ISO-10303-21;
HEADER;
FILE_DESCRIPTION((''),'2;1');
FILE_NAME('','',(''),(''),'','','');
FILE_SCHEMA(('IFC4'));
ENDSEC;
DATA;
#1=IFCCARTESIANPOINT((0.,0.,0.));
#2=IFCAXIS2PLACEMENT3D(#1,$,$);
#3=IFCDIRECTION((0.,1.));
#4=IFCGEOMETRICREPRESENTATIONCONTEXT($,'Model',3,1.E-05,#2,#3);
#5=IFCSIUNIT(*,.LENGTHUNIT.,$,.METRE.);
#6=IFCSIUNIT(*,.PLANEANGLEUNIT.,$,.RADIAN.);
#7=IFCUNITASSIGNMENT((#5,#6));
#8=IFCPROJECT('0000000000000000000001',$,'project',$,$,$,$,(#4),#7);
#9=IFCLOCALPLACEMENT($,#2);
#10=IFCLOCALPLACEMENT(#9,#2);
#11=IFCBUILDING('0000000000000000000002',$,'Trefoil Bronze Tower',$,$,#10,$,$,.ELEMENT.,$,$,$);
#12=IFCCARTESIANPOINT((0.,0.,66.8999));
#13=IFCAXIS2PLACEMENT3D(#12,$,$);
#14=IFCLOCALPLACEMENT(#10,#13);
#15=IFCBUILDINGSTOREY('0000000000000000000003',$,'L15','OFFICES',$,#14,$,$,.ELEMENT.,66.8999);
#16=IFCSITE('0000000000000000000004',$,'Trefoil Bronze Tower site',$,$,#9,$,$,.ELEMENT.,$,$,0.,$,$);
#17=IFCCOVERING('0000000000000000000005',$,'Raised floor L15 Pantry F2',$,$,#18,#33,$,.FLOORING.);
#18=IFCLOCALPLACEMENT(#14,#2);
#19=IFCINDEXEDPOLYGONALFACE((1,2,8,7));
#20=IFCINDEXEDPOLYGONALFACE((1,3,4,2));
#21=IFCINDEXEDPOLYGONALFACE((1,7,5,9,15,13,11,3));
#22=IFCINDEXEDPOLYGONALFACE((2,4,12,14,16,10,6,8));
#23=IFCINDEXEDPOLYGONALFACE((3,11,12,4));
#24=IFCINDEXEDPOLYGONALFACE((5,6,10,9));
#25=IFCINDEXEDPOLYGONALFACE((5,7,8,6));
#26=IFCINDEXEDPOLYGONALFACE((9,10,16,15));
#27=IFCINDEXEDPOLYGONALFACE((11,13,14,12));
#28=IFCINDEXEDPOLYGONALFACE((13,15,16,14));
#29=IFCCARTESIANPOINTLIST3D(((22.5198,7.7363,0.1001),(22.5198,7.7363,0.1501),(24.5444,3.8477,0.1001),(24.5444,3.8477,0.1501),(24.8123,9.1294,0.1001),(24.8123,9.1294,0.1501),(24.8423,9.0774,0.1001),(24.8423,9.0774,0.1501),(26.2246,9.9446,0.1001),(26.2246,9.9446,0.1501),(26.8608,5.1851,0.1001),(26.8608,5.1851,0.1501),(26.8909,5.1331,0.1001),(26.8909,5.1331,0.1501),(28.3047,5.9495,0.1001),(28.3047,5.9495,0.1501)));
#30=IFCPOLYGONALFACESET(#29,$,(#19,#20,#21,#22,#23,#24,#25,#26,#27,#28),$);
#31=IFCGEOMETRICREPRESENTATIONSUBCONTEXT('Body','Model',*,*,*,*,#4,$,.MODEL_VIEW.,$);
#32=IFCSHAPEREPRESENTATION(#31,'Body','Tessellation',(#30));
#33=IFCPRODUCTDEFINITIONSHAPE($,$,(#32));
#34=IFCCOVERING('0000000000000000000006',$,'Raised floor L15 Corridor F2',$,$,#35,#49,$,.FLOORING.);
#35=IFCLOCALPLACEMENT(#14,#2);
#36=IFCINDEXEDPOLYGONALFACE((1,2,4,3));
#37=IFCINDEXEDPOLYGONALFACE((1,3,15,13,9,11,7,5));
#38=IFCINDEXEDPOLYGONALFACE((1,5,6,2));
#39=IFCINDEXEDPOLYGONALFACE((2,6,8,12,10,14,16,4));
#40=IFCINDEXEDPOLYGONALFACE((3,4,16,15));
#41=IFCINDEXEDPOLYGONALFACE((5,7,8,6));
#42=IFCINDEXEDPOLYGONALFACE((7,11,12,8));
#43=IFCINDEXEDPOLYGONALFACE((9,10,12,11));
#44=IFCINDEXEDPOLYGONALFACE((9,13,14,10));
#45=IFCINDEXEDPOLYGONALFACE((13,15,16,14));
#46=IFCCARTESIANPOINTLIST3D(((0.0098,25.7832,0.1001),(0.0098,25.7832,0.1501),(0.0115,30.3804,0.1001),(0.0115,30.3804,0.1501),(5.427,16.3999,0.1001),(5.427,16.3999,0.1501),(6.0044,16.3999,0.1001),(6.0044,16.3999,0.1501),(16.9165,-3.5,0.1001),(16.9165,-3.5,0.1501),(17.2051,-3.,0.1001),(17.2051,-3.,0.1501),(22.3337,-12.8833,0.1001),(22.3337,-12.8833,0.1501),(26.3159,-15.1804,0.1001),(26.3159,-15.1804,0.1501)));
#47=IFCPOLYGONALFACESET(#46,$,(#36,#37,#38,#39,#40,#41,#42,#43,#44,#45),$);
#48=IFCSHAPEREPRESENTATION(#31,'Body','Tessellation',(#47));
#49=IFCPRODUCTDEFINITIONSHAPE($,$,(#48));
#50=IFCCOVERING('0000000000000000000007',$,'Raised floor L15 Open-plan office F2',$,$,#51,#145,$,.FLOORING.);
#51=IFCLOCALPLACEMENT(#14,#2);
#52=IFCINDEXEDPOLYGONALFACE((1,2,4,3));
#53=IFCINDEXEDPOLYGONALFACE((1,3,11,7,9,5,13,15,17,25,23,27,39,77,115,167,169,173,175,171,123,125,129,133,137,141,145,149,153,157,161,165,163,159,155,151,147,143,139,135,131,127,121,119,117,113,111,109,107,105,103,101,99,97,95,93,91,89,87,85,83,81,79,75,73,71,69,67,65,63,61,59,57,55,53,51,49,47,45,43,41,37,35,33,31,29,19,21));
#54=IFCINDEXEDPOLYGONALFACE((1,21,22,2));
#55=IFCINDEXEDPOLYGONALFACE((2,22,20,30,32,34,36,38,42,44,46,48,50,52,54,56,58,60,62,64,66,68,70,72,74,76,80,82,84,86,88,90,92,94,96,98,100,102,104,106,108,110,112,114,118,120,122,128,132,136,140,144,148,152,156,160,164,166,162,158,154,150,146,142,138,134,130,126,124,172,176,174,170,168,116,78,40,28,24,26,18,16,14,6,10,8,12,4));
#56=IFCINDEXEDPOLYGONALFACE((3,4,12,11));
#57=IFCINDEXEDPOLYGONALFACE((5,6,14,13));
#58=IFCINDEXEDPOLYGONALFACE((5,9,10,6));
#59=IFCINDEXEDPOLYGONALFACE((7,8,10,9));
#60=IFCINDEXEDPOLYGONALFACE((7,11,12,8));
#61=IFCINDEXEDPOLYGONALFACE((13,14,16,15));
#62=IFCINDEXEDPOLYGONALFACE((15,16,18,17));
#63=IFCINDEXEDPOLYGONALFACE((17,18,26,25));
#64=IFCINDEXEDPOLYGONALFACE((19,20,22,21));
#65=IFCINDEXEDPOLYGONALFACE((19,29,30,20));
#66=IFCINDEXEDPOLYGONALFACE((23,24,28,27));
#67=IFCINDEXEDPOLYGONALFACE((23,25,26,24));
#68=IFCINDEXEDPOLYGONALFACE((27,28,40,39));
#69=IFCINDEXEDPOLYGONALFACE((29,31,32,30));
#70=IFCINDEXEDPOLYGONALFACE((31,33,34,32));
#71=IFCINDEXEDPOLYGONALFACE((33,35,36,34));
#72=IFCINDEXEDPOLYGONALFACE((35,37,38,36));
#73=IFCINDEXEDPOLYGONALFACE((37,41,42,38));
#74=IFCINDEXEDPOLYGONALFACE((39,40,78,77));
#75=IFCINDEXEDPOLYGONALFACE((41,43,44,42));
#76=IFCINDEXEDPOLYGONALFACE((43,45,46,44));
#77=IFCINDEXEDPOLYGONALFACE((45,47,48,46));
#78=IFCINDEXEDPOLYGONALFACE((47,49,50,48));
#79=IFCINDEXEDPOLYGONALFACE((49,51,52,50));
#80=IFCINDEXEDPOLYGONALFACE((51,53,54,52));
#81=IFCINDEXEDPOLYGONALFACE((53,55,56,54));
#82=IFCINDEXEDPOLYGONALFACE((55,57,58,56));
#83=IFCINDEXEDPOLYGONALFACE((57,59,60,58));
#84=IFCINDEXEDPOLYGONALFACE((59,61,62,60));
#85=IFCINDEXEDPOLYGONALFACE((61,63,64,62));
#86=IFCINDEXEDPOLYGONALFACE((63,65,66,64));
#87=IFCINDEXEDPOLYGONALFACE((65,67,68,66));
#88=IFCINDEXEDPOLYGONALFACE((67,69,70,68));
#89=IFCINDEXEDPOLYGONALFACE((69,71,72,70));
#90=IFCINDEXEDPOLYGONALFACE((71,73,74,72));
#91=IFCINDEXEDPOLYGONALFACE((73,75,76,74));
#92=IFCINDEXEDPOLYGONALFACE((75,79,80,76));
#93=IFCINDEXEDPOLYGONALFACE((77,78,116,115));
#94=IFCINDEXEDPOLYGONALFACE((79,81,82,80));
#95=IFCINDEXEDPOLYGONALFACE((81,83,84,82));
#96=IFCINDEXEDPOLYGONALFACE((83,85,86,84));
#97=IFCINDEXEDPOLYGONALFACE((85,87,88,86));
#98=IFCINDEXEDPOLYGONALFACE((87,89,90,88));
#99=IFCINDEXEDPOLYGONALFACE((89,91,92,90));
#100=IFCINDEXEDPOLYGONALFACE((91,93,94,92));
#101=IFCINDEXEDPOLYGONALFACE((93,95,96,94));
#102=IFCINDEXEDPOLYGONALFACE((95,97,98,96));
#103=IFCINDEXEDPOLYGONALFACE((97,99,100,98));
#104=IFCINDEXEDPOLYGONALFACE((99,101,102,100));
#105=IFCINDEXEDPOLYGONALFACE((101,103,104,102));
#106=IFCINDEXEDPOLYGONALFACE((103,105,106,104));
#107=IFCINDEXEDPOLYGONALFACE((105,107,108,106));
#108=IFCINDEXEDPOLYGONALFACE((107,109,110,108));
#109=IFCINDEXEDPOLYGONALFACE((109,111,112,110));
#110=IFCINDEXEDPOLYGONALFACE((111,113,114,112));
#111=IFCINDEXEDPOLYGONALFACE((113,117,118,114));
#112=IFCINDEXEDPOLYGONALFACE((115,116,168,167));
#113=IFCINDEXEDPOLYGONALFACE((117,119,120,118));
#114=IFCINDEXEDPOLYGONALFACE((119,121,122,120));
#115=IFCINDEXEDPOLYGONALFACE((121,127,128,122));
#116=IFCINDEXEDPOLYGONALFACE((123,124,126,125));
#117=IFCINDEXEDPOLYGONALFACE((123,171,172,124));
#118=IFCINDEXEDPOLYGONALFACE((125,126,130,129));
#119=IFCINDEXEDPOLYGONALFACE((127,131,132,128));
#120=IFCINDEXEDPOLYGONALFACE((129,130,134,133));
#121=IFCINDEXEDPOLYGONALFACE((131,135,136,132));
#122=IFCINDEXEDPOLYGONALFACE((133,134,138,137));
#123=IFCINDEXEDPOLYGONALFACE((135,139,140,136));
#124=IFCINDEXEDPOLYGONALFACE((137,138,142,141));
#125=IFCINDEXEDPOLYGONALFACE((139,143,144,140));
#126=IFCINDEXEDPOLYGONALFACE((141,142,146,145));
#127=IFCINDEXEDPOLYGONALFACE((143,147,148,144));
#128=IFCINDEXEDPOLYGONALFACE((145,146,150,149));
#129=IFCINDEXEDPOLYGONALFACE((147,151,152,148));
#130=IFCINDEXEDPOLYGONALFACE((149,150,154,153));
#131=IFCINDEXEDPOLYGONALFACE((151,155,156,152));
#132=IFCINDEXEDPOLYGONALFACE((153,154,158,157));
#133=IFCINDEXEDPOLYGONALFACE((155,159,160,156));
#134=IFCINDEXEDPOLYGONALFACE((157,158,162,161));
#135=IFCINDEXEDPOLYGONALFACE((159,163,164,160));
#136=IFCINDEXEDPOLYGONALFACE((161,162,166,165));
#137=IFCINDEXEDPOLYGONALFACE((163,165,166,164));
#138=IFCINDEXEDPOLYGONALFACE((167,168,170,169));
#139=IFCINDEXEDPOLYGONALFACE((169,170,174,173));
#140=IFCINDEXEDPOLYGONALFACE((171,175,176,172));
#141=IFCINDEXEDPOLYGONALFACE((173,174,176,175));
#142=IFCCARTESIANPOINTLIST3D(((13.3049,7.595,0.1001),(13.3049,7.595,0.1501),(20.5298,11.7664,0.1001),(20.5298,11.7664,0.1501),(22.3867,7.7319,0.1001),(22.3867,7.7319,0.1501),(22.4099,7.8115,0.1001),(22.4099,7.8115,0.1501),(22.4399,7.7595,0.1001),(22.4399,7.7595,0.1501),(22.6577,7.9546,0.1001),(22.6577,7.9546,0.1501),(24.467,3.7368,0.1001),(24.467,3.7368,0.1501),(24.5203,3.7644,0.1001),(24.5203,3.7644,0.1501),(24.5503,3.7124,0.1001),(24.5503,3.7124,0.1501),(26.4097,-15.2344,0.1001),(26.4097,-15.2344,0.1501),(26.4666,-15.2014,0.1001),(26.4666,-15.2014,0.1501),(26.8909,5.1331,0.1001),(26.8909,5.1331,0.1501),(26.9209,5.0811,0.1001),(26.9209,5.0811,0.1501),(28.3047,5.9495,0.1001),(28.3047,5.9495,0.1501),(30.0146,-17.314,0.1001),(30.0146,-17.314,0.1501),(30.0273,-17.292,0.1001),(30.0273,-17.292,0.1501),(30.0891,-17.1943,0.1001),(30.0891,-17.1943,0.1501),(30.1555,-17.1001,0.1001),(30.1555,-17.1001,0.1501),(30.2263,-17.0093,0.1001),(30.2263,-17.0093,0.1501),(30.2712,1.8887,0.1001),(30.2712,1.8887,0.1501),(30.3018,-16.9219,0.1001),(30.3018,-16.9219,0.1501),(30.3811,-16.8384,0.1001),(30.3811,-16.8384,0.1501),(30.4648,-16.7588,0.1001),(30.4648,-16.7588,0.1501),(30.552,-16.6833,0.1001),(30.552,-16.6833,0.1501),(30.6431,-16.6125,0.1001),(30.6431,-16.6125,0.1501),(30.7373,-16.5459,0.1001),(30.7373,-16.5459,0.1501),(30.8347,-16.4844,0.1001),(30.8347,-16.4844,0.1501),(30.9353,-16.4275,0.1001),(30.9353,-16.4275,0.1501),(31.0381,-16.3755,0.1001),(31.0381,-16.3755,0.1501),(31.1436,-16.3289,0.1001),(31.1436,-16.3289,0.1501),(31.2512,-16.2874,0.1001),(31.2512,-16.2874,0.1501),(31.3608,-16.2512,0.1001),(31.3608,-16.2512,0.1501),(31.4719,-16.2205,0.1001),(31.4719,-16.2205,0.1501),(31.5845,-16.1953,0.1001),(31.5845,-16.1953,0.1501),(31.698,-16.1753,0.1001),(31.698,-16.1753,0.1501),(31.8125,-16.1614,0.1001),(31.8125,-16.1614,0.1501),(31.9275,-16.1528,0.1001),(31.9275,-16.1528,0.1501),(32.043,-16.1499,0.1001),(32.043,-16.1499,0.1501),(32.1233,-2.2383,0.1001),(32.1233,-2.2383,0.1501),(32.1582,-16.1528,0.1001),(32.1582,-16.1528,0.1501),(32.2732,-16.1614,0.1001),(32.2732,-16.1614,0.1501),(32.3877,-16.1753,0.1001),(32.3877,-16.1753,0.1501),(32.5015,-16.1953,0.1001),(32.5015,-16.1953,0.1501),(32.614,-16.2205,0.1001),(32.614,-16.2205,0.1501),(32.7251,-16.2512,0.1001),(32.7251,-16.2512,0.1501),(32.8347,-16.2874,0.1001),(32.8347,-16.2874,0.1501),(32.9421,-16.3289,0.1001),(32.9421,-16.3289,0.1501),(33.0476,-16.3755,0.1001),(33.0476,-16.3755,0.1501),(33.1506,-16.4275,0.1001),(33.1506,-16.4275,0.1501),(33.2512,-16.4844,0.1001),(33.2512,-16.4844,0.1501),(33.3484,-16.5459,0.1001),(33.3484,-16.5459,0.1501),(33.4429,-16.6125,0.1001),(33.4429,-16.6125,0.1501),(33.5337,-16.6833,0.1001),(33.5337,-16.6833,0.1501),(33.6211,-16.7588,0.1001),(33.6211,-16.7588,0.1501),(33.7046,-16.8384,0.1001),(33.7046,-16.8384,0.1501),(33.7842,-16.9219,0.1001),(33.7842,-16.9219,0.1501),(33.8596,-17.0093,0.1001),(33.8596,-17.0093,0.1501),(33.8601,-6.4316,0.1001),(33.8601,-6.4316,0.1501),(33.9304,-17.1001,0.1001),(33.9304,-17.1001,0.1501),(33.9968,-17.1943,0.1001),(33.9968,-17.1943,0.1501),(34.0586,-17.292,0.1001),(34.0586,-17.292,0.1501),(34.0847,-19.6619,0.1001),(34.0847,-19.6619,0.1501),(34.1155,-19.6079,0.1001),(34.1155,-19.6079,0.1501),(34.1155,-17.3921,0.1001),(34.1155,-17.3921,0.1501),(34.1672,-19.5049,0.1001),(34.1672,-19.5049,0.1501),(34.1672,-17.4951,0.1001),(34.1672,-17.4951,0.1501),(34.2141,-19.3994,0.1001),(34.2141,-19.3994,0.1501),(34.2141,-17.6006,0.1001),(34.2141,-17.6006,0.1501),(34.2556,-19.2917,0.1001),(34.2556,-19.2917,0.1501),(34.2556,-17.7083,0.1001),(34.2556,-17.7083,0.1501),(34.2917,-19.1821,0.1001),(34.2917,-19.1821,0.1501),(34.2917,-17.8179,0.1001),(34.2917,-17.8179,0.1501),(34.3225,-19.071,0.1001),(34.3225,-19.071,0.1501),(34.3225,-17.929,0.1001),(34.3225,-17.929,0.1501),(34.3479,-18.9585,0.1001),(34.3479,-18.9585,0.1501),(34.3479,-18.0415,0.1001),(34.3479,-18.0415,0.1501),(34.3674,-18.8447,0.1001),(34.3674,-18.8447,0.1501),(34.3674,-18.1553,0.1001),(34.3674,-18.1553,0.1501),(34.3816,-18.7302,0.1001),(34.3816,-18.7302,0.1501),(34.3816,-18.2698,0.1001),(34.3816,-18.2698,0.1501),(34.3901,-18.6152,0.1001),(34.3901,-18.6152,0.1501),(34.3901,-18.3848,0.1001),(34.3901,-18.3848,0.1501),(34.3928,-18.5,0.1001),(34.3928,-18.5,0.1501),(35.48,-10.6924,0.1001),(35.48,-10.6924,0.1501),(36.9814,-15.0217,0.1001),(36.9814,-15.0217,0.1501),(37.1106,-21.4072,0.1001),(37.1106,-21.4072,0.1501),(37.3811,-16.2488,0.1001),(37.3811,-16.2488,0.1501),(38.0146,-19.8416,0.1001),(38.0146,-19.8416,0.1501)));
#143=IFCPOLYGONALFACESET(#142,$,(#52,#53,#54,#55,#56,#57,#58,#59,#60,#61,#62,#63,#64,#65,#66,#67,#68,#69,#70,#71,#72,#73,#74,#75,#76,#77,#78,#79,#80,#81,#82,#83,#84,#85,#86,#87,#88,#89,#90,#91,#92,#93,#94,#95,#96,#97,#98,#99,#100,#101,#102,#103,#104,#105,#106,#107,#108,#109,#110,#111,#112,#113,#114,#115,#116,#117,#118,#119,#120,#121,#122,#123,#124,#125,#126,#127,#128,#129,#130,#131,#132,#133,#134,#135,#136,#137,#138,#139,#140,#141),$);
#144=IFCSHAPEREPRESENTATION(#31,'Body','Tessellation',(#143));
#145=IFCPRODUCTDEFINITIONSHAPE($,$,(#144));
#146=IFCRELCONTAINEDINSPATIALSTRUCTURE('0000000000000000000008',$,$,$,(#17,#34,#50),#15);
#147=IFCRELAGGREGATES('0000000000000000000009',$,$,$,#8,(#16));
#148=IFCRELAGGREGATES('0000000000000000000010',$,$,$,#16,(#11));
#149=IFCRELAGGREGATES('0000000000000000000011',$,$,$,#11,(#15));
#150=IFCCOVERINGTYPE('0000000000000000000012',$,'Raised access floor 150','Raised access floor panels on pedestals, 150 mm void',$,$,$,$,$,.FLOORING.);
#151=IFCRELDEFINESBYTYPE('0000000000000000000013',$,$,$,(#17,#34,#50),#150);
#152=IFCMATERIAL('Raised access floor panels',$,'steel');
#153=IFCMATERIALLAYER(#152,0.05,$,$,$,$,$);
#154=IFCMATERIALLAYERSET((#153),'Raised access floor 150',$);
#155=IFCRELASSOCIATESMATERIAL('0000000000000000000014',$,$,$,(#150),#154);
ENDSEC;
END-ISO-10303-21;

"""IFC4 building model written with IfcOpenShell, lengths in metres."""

from ifc_helpers import new_model, si_unit, direction, frame, origin, place, context, subcontext, project, spatial, polyline, outline, extrude, material, layer, layer_set, type_object, element, save


model = new_model("IFC4")

# Units and contexts
model_context = context("Model", 3, precision=1e-05, world=origin(), true_north=direction((0.0, 1.0)))
body_context = subcontext(model_context, "Body", "Model", "MODEL_VIEW")
ifc_project = project(units=[si_unit("LENGTHUNIT", "METRE"), si_unit("PLANEANGLEUNIT", "RADIAN")], contexts=[model_context])

# Site, building, storey
site_placement = place(None, origin())
site = spatial("IfcSite", under=ifc_project, at=site_placement, Name="Trefoil Bronze Tower site", CompositionType="ELEMENT", RefElevation=0.0)
building_placement = place(site_placement, origin())
building = spatial("IfcBuilding", under=site, at=building_placement, Name="Trefoil Bronze Tower", CompositionType="ELEMENT")
storey_placement = place(building_placement, frame((0.0, 0.0, 66.8999)))
storey = spatial("IfcBuildingStorey", under=building, at=storey_placement, Name="L15", Description="OFFICES", CompositionType="ELEMENT", Elevation=66.8999)

# Coverings
ifc_material_1 = material(Name="Raised access floor panels", Category="steel")
ifc_layer_1 = layer(ifc_material_1, 0.05)
ifc_layer_set_1 = layer_set([ifc_layer_1], Name="Raised access floor 150")
covering_type_1 = type_object("IfcCoveringType", Name="Raised access floor 150", Description="Raised access floor panels on pedestals, 150 mm void", PredefinedType="FLOORING", material=ifc_layer_set_1)
covering_1_placement = place(storey_placement, frame((0.0, 0.0, 0.1001)))
element("IfcCovering", 1, at=covering_1_placement, inside=storey, type_object=covering_type_1, Name="Raised floor L15 Pantry F2", PredefinedType="FLOORING", context=body_context, shape_type="SweptSolid", body=[
    extrude(outline(polyline([(26.2246, 9.9446), (28.3047, 5.9495), (26.8909, 5.1331), (26.8608, 5.1851), (24.5444, 3.8477), (22.5198, 7.7363), (24.8423, 9.0774), (24.8123, 9.1294), (26.2246, 9.9446)])), origin(), (0.0, 0.0, 1.0), 0.05),
])
covering_2_placement = place(storey_placement, frame((0.0, 0.0, 0.1001)))
element("IfcCovering", 2, at=covering_2_placement, inside=storey, type_object=covering_type_1, Name="Raised floor L15 Corridor F2", PredefinedType="FLOORING", context=body_context, shape_type="SweptSolid", body=[
    extrude(outline(polyline([(26.3159, -15.1804), (22.3337, -12.8833), (16.9165, -3.5), (17.2051, -3.0), (6.0044, 16.3999), (5.427, 16.3999), (0.0098, 25.7832), (0.0115, 30.3804), (26.3159, -15.1804)])), origin(), (0.0, 0.0, 1.0), 0.05),
])
covering_3_placement = place(storey_placement, frame((0.0, 0.0, 0.1001)))
element("IfcCovering", 3, at=covering_3_placement, inside=storey, type_object=covering_type_1, Name="Raised floor L15 Open-plan office F2", PredefinedType="FLOORING", context=body_context, shape_type="SweptSolid", body=[
    extrude(outline(polyline([(30.0891, -17.1943), (30.0273, -17.292), (30.0146, -17.314), (26.4097, -15.2344), (26.4666, -15.2014), (13.3049, 7.595), (20.5298, 11.7664), (22.6577, 7.9546), (22.4099, 7.8115), (22.4399, 7.7595), (22.3867, 7.7319), (24.467, 3.7368), (24.5203, 3.7644), (24.5503, 3.7124), (26.9209, 5.0811), (26.8909, 5.1331), (28.3047, 5.9495), (30.2712, 1.8887), (32.1233, -2.2383), (33.8601, -6.4316), (35.48, -10.6924), (36.9814, -15.0217), (37.3811, -16.2488), (38.0146, -19.8416), (37.1106, -21.4072), (34.0847, -19.6619), (34.1155, -19.6079), (34.1672, -19.5049), (34.2141, -19.3994), (34.2556, -19.2917), (34.2917, -19.1821), (34.3225, -19.071), (34.3479, -18.9585), (34.3674, -18.8447), (34.3816, -18.7302), (34.3901, -18.6152), (34.3928, -18.5), (34.3901, -18.3848), (34.3816, -18.2698), (34.3674, -18.1553), (34.3479, -18.0415), (34.3225, -17.929), (34.2917, -17.8179), (34.2556, -17.7083), (34.2141, -17.6006), (34.1672, -17.4951), (34.1155, -17.3921), (34.0586, -17.292), (33.9968, -17.1943), (33.9304, -17.1001), (33.8596, -17.0093), (33.7842, -16.9219), (33.7046, -16.8384), (33.6211, -16.7588), (33.5337, -16.6833), (33.4429, -16.6125), (33.3484, -16.5459), (33.2512, -16.4844), (33.1506, -16.4275), (33.0476, -16.3755), (32.9421, -16.3289), (32.8347, -16.2874), (32.7251, -16.2512), (32.614, -16.2205), (32.5015, -16.1953), (32.3877, -16.1753), (32.2732, -16.1614), (32.1582, -16.1528), (32.043, -16.1499), (31.9275, -16.1528), (31.8125, -16.1614), (31.698, -16.1753), (31.5845, -16.1953), (31.4719, -16.2205), (31.3608, -16.2512), (31.2512, -16.2874), (31.1436, -16.3289), (31.0381, -16.3755), (30.9353, -16.4275), (30.8347, -16.4844), (30.7373, -16.5459), (30.6431, -16.6125), (30.552, -16.6833), (30.4648, -16.7588), (30.3811, -16.8384), (30.3018, -16.9219), (30.2263, -17.0093), (30.1555, -17.1001), (30.0891, -17.1943)])), origin(), (0.0, 0.0, 1.0), 0.05),
])

save(model, "model.ifc")
